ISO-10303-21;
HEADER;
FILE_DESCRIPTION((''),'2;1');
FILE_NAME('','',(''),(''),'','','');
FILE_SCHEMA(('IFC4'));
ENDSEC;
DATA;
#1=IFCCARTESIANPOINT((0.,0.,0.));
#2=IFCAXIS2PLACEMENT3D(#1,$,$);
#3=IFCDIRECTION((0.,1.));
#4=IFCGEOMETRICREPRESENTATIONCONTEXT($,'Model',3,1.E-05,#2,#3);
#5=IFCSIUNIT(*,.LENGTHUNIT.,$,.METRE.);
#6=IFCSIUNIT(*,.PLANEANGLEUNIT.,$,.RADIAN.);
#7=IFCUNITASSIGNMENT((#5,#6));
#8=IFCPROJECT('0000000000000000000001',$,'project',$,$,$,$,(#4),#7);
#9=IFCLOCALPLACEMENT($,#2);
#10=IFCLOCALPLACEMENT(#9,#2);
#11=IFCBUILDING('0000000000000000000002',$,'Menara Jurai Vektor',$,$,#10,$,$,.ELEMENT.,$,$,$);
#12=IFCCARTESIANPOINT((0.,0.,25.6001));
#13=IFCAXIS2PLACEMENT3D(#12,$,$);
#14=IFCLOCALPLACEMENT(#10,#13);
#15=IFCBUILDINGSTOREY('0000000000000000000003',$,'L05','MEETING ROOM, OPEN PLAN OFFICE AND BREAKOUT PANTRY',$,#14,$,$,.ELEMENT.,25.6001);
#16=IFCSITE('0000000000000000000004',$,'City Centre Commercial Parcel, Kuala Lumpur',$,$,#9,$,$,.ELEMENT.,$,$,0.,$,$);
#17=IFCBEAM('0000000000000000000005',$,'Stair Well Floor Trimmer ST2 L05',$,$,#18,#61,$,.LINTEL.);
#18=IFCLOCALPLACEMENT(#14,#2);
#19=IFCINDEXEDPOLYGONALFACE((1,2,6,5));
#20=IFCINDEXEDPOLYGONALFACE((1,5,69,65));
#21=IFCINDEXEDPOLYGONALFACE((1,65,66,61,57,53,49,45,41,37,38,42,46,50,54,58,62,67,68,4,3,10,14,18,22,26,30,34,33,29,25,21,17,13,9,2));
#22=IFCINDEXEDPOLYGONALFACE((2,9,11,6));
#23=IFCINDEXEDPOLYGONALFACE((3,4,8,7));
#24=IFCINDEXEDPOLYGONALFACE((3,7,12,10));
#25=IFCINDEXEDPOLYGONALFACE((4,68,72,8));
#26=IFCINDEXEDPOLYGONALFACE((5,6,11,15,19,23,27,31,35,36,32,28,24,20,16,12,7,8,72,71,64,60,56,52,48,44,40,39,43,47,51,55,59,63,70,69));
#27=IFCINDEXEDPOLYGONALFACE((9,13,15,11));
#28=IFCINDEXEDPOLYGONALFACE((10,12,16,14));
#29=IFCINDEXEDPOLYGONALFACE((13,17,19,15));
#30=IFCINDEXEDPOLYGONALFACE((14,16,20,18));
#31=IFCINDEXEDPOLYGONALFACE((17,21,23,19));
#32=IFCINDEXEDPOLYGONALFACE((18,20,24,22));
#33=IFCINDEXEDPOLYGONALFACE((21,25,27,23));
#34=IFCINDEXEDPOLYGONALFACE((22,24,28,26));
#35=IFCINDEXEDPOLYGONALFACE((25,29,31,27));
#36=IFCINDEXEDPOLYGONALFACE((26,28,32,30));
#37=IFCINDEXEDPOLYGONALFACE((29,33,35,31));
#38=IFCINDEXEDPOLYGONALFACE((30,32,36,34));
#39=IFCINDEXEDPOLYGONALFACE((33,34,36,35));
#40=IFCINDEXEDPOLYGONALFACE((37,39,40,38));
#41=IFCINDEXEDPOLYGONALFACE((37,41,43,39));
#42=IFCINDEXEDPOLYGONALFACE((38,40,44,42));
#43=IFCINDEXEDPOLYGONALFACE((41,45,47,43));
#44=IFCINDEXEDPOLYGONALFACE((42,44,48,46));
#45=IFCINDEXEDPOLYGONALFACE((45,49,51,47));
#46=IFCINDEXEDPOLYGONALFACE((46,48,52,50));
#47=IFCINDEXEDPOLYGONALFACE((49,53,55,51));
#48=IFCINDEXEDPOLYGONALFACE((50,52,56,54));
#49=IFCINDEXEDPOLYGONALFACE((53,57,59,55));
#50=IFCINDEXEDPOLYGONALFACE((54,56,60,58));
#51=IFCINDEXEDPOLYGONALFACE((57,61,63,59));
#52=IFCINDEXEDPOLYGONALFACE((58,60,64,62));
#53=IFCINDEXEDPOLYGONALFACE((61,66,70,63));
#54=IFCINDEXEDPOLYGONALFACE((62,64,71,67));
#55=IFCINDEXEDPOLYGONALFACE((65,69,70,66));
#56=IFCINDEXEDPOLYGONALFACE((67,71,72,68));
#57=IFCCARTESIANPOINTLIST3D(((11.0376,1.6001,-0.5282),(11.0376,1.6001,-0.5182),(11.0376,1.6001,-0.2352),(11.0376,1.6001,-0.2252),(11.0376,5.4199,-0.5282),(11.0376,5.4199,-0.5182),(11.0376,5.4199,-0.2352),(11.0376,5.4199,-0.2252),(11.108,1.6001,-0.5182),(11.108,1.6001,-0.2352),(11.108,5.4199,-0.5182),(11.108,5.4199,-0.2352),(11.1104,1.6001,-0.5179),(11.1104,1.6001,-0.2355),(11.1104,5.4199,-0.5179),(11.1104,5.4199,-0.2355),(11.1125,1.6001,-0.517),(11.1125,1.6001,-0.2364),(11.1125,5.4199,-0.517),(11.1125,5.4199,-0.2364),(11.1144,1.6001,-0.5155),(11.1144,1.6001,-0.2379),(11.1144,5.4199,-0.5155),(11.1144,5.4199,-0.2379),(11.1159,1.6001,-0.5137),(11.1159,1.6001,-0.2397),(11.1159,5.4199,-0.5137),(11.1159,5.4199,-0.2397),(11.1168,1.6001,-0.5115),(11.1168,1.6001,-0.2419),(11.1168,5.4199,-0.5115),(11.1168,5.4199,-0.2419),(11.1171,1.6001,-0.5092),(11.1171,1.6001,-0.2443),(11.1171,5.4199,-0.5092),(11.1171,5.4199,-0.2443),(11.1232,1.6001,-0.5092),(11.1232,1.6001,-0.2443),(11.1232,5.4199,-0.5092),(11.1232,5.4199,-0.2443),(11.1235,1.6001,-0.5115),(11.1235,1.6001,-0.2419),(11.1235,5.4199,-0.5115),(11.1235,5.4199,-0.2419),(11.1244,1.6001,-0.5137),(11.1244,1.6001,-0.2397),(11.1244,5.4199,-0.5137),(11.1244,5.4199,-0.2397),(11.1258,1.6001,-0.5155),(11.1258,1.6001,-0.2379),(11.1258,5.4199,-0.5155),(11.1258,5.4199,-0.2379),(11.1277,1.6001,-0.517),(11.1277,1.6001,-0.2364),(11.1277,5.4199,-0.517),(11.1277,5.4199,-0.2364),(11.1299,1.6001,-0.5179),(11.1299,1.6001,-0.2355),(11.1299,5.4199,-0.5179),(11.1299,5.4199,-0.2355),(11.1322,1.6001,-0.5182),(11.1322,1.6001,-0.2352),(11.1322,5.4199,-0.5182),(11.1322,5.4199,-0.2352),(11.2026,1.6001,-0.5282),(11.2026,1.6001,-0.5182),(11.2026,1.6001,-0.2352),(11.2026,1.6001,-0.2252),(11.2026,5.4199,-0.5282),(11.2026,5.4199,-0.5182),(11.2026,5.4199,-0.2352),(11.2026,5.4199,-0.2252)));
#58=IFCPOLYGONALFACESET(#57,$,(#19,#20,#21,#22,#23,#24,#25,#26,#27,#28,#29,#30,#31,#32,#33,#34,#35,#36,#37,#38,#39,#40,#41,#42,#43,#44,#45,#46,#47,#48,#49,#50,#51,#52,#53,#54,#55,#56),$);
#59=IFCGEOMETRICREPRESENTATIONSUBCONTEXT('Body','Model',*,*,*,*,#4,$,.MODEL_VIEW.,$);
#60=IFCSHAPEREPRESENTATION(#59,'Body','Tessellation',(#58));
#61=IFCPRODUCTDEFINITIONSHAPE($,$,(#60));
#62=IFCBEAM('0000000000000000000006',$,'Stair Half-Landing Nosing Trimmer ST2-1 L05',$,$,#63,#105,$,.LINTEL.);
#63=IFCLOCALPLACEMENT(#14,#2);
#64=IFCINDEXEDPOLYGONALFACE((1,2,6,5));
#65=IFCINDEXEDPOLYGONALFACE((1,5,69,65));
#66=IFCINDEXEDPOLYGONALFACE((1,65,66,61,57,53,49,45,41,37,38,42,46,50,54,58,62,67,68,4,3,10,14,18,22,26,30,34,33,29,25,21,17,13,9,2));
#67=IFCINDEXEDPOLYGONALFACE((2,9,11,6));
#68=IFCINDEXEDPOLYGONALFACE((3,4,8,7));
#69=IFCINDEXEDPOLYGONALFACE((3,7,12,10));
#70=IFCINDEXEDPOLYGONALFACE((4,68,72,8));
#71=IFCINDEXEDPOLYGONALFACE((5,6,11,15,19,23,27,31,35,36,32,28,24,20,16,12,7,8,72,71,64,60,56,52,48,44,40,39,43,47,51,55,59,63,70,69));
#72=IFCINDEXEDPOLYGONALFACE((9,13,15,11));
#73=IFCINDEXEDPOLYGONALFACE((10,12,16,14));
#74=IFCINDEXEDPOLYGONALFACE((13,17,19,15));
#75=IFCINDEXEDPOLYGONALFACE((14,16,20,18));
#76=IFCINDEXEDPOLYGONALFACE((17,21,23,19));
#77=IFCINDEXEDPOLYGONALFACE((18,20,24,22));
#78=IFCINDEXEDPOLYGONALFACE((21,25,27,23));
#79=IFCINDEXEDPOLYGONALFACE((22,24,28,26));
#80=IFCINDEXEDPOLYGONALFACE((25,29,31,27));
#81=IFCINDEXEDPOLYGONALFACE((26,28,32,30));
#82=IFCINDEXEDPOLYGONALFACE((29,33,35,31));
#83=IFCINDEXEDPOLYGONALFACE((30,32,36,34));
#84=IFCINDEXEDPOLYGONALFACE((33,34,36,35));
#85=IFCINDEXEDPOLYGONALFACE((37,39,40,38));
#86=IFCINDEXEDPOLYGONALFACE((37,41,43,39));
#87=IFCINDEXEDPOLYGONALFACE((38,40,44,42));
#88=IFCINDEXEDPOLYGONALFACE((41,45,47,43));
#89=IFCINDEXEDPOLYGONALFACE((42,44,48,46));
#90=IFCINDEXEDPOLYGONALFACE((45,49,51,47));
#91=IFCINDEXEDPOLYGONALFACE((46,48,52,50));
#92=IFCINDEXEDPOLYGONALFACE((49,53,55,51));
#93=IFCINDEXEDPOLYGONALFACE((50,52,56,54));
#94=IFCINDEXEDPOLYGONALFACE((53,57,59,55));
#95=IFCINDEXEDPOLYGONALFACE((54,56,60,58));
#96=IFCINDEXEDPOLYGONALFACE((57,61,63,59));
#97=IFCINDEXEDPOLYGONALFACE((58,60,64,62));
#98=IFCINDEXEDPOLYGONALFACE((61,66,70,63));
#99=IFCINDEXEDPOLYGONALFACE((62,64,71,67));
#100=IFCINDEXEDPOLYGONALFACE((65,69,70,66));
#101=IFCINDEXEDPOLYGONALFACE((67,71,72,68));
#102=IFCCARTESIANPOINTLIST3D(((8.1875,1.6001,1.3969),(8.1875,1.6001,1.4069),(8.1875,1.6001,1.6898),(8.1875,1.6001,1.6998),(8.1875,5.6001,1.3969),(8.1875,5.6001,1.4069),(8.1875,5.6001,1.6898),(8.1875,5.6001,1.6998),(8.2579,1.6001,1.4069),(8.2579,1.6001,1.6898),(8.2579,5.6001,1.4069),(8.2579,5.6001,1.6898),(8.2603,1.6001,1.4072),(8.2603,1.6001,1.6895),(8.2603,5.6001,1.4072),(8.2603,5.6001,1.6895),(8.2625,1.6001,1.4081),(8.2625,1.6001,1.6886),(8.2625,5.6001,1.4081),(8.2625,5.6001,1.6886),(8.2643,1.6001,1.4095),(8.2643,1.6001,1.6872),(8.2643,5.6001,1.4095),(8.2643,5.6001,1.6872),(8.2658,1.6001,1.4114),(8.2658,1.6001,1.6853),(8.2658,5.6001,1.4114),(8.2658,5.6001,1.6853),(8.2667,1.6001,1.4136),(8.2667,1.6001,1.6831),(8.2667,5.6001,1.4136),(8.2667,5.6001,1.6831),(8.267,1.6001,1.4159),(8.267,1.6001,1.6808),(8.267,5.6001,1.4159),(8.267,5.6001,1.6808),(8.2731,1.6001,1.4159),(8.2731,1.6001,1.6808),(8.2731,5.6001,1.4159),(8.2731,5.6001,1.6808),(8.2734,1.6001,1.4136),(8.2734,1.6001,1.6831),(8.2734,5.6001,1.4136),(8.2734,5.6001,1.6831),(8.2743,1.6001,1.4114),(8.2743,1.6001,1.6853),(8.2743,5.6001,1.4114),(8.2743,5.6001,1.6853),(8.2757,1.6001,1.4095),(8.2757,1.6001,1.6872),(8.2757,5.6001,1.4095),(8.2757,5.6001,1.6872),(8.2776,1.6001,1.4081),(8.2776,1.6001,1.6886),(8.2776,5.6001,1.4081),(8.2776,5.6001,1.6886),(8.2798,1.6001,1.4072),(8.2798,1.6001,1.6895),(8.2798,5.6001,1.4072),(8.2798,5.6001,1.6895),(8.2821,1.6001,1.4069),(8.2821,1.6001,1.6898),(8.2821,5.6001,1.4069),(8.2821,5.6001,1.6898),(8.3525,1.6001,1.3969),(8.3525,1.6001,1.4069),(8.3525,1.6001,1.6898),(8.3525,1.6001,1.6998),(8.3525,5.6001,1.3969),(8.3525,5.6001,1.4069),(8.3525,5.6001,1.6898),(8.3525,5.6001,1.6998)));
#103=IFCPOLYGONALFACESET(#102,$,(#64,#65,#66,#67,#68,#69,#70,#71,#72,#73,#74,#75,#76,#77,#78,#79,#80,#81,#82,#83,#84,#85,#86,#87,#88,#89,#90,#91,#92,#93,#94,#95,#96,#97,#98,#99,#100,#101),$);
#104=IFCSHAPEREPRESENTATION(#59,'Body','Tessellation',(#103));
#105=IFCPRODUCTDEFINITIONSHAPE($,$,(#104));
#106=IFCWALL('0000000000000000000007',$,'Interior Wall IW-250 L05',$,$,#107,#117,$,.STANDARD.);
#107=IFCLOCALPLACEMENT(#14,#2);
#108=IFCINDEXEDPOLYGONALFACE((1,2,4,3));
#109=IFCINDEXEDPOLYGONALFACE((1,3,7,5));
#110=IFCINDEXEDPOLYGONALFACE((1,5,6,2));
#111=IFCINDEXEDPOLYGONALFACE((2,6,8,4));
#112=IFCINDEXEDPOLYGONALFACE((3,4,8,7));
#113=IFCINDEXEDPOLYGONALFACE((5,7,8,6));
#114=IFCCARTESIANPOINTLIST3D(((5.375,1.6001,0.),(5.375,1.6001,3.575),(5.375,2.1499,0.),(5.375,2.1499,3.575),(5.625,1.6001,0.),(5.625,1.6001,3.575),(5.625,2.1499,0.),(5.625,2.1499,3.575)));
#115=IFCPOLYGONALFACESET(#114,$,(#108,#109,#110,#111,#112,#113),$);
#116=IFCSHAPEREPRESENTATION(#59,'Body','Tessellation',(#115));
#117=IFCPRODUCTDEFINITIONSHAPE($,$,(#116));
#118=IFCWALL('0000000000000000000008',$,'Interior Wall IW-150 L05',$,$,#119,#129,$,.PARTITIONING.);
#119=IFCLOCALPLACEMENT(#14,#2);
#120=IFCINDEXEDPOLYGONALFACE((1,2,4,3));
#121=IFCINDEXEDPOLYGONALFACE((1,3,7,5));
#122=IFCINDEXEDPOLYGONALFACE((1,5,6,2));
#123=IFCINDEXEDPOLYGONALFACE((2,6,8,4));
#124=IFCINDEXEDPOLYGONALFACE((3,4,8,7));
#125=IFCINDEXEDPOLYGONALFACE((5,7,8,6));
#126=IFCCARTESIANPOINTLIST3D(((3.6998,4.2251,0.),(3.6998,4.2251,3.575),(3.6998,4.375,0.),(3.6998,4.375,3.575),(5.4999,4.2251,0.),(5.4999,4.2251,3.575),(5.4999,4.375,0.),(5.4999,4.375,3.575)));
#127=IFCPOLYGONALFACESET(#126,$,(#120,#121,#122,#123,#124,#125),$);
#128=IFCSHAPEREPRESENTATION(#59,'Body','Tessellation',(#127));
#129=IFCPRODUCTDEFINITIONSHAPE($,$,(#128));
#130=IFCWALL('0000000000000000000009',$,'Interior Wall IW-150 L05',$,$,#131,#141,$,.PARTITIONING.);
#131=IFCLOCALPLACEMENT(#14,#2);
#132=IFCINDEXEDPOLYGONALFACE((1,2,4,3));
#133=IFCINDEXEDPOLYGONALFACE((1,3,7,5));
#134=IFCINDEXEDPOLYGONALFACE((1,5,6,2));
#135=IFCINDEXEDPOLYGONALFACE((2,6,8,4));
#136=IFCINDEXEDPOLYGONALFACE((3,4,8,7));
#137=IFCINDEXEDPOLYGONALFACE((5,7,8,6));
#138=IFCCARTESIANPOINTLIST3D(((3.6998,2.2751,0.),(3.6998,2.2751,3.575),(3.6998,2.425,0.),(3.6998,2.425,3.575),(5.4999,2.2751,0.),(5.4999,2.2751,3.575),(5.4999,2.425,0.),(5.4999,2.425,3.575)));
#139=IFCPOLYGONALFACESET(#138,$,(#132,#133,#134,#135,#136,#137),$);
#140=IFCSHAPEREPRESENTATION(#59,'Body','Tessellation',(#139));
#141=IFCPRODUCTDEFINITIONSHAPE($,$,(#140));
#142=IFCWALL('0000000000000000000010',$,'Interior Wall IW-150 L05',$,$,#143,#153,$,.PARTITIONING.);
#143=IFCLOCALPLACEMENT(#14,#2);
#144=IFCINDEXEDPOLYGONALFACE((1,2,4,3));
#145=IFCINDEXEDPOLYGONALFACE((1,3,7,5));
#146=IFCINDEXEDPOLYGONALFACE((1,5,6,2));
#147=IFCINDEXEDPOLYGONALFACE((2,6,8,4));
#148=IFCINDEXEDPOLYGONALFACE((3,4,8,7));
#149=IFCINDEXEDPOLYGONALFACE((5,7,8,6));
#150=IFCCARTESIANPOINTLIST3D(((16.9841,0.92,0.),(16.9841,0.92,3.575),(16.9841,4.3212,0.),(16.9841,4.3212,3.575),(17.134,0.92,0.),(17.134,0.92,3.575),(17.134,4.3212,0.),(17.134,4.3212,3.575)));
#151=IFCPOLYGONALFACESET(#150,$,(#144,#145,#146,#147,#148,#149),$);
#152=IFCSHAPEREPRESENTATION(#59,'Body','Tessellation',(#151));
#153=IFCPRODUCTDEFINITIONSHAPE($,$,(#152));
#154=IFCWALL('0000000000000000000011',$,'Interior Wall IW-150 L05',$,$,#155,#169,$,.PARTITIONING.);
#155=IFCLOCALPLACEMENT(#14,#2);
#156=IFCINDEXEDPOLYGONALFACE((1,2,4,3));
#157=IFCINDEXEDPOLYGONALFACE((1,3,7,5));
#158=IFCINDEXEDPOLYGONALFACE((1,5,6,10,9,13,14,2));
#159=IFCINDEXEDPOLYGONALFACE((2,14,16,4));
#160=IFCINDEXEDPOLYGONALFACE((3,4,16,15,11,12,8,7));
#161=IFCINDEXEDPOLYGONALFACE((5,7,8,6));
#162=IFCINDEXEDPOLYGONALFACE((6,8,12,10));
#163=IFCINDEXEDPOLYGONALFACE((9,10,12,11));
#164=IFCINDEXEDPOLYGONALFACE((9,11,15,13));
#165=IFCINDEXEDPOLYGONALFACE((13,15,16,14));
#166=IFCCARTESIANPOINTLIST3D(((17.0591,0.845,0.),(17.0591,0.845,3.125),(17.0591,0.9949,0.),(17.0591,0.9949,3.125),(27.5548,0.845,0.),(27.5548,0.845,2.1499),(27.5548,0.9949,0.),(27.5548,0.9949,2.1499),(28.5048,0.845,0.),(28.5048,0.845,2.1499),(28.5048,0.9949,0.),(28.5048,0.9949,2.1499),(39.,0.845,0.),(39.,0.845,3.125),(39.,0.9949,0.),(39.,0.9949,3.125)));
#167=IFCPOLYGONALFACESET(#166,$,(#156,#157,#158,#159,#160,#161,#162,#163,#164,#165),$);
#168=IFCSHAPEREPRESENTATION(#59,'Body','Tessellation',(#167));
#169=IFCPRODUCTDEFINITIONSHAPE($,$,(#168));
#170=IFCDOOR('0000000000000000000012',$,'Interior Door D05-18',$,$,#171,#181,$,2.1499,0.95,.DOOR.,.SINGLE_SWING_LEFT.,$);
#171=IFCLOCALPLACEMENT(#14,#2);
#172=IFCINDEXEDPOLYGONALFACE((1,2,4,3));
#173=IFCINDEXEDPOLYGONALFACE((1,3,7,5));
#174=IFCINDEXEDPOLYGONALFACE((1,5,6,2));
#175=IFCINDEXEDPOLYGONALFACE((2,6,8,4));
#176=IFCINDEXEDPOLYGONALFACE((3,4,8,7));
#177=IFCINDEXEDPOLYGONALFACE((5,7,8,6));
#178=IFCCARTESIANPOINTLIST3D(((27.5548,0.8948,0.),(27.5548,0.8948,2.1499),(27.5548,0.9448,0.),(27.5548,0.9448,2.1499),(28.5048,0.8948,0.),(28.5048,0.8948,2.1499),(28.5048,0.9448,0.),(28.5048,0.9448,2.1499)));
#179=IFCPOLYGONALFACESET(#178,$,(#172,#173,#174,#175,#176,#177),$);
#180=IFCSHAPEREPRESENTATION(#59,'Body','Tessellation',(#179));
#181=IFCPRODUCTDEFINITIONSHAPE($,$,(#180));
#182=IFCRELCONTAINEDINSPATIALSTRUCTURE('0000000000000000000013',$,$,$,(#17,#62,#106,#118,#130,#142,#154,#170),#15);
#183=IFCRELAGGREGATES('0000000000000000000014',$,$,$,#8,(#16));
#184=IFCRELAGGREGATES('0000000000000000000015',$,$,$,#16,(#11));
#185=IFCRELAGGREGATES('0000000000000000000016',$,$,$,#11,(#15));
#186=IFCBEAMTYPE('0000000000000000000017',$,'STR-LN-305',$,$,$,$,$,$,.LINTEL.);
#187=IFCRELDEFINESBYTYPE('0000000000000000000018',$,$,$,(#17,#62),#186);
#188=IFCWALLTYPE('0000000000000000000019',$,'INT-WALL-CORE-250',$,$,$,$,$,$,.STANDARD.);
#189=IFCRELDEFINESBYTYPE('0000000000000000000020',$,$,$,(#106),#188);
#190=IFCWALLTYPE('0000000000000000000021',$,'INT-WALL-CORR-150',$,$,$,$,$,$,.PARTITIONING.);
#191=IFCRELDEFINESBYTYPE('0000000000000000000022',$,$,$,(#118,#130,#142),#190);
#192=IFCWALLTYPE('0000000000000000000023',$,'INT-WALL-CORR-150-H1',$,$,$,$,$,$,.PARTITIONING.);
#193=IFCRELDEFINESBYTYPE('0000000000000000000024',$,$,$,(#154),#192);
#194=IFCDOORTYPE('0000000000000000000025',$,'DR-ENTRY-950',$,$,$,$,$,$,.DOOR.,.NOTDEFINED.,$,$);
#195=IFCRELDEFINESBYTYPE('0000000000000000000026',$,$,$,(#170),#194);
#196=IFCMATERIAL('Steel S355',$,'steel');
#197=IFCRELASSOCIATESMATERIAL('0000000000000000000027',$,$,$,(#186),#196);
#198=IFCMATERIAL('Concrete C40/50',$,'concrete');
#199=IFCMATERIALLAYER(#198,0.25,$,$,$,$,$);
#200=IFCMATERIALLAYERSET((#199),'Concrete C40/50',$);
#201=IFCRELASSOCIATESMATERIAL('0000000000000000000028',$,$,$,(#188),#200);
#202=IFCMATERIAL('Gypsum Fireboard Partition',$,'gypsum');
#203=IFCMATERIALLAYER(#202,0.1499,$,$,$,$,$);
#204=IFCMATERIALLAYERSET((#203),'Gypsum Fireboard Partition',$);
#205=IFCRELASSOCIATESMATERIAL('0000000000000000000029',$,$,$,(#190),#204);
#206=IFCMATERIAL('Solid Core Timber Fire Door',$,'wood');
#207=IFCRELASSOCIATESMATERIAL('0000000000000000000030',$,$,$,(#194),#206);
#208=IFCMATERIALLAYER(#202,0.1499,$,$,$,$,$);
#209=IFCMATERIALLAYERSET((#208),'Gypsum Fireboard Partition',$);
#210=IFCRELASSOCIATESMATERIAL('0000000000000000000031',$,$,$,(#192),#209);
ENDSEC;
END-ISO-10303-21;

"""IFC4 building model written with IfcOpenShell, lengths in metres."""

from ifc_helpers import new_model, si_unit, direction, frame, frame_2d, origin, origin_2d, place, context, subcontext, project, spatial, rectangle, i_section, extrude, material, layer, layer_set, material_profile, profile_set, type_object, element, fill, save


model = new_model("IFC4")

# Units and contexts
model_context = context("Model", 3, precision=1e-05, world=origin(), true_north=direction((0.0, 1.0)))
body_context = subcontext(model_context, "Body", "Model", "MODEL_VIEW")
ifc_project = project(units=[si_unit("LENGTHUNIT", "METRE"), si_unit("PLANEANGLEUNIT", "RADIAN")], contexts=[model_context])

# Site, building, storey
site_placement = place(None, origin())
site = spatial("IfcSite", under=ifc_project, at=site_placement, Name="City Centre Commercial Parcel, Kuala Lumpur", CompositionType="ELEMENT", RefElevation=0.0)
building_placement = place(site_placement, origin())
building = spatial("IfcBuilding", under=site, at=building_placement, Name="Menara Jurai Vektor", CompositionType="ELEMENT")
storey_placement = place(building_placement, frame((0.0, 0.0, 25.6001)))
storey = spatial("IfcBuildingStorey", under=building, at=storey_placement, Name="L05", Description="MEETING ROOM, OPEN PLAN OFFICE AND BREAKOUT PANTRY", CompositionType="ELEMENT", Elevation=25.6001)

# Shared definitions
ifc_material_1 = material(Name="Steel S355", Category="steel")

# Beams
ifc_material_profile_1 = material_profile(ifc_material_1, i_section(OverallWidth=0.165, OverallDepth=0.303, WebThickness=0.0061, FlangeThickness=0.01, FilletRadius=0.009, at=origin_2d()), Name="UKB 305x165x40")
ifc_profile_set_1 = profile_set([ifc_material_profile_1], Name="Steel S355")
beam_type_1 = type_object("IfcBeamType", Name="STR-LN-305", PredefinedType="LINTEL", material=ifc_profile_set_1)
beam_1_placement = place(storey_placement, frame((11.1201, 1.6001, -0.3767), z_axis=(0.0, 1.0, 0.0), x_axis=(-1.0, 0.0, 0.0)))
element("IfcBeam", 1, at=beam_1_placement, inside=storey, type_object=beam_type_1, Name="Stair Well Floor Trimmer ST2 L05", PredefinedType="LINTEL", context=body_context, shape_type="SweptSolid", body=[
    extrude(i_section(OverallWidth=0.165, OverallDepth=0.303, WebThickness=0.0061, FlangeThickness=0.01, FilletRadius=0.009, at=origin_2d()), origin(), (0.0, 0.0, 1.0), 3.8198),
])
beam_2_placement = place(storey_placement, frame((8.27, 1.6001, 1.5483), z_axis=(0.0, 1.0, 0.0), x_axis=(-1.0, 0.0, 0.0)))
element("IfcBeam", 2, at=beam_2_placement, inside=storey, type_object=beam_type_1, Name="Stair Half-Landing Nosing Trimmer ST2-1 L05", PredefinedType="LINTEL", context=body_context, shape_type="SweptSolid", body=[
    extrude(i_section(OverallWidth=0.165, OverallDepth=0.303, WebThickness=0.0061, FlangeThickness=0.01, FilletRadius=0.009, at=origin_2d()), origin(), (0.0, 0.0, 1.0), 4.0),
])

# Shared definitions
ifc_material_2 = material(Name="Concrete C40/50", Category="concrete")
ifc_layer_1 = layer(ifc_material_2, 0.25)
ifc_layer_set_1 = layer_set([ifc_layer_1], Name="Concrete C40/50")
wall_type_1 = type_object("IfcWallType", Name="INT-WALL-CORE-250", PredefinedType="STANDARD", material=ifc_layer_set_1)

# Walls
wall_1_placement = place(storey_placement, frame((5.5, 1.6001, 0.0), z_axis=(0.0, 0.0, 1.0), x_axis=(0.0, 1.0, 0.0)))
element("IfcWall", 3, at=wall_1_placement, inside=storey, type_object=wall_type_1, Name="Interior Wall IW-250 L05", PredefinedType="STANDARD", context=body_context, shape_type="SweptSolid", body=[
    extrude(rectangle(XDim=0.5498, YDim=0.25, at=frame_2d((0.2749, 0.0))), origin(), (0.0, 0.0, 1.0), 3.575),
])
ifc_material_3 = material(Name="Gypsum Fireboard Partition", Category="gypsum")
ifc_layer_2 = layer(ifc_material_3, 0.1499)
ifc_layer_set_2 = layer_set([ifc_layer_2], Name="Gypsum Fireboard Partition")
wall_type_2 = type_object("IfcWallType", Name="INT-WALL-CORR-150", PredefinedType="PARTITIONING", material=ifc_layer_set_2)
for number, where, z_axis, x_axis, name in (
    (4, (3.7, 4.3, 0.0), (0.0, 0.0, 1.0), (1.0, 0.0, 0.0), "Interior Wall IW-150 L05"),
    (5, (3.7, 2.3501, 0.0), (0.0, 0.0, 1.0), (1.0, 0.0, 0.0), "Interior Wall IW-150 L05"),
):
    element("IfcWall", number, at=place(storey_placement, frame(where, z_axis=z_axis, x_axis=x_axis)), inside=storey, type_object=wall_type_2, Name=name, PredefinedType="PARTITIONING", context=body_context, shape_type="SweptSolid", body=[
        extrude(rectangle(XDim=1.8, YDim=0.1499, at=frame_2d((0.8999, 0.0))), origin(), (0.0, 0.0, 1.0), 3.575),
    ])
wall_2_placement = place(storey_placement, frame((17.0591, 0.9199, 0.0), z_axis=(0.0, 0.0, 1.0), x_axis=(0.0, 1.0, 0.0)))
element("IfcWall", 6, at=wall_2_placement, inside=storey, type_object=wall_type_2, Name="Interior Wall IW-150 L05", PredefinedType="PARTITIONING", context=body_context, shape_type="SweptSolid", body=[
    extrude(rectangle(XDim=3.4011, YDim=0.1499, at=frame_2d((1.7007, 0.0))), origin(), (0.0, 0.0, 1.0), 3.575),
])

# Wall, opening, door
ifc_material_4 = material(Name="Solid Core Timber Fire Door", Category="wood")
door_type_1 = type_object("IfcDoorType", Name="DR-ENTRY-950", OperationType="NOTDEFINED", PredefinedType="DOOR", material=ifc_material_4)
ifc_layer_3 = layer(ifc_material_3, 0.1499)
ifc_layer_set_3 = layer_set([ifc_layer_3], Name="Gypsum Fireboard Partition")
wall_type_3 = type_object("IfcWallType", Name="INT-WALL-CORR-150-H1", PredefinedType="PARTITIONING", material=ifc_layer_set_3)
wall_3_placement = place(storey_placement, frame((17.0591, 0.9199, 0.0), z_axis=(0.0, 0.0, 1.0), x_axis=(1.0, 0.0, 0.0)))
wall_3 = element("IfcWall", 7, at=wall_3_placement, inside=storey, type_object=wall_type_3, Name="Interior Wall IW-150 L05", PredefinedType="PARTITIONING", context=body_context, shape_type="SweptSolid", body=[
    extrude(rectangle(XDim=21.9409, YDim=0.1499, at=frame_2d((10.9705, 0.0))), origin(), (0.0, 0.0, 1.0), 3.125),
])
opening_1_placement = place(wall_3_placement, frame((10.4956, 0.0, 0.0)))
opening_1 = element("IfcOpeningElement", 8, at=opening_1_placement, cuts=wall_3, PredefinedType="OPENING", context=body_context, shape_type="SweptSolid", body=[
    extrude(rectangle(XDim=0.95, YDim=2.1499, at=frame_2d((0.4751, 1.075))), frame((0.0, 0.085, 0.0), z_axis=(0.0, -1.0, 0.0), x_axis=(1.0, 0.0, 0.0)), (0.0, 0.0, 1.0), 0.1699),
])
door_1_placement = place(opening_1_placement, origin())
door_1 = element("IfcDoor", 9, at=door_1_placement, inside=storey, type_object=door_type_1, Name="Interior Door D05-18", OperationType="SINGLE_SWING_LEFT", OverallHeight=2.1499, OverallWidth=0.95, PredefinedType="DOOR", context=body_context, shape_type="SweptSolid", body=[
    extrude(rectangle(XDim=0.95, YDim=2.1499, at=frame_2d((0.4751, 1.075))), frame((0.0, 0.0249, 0.0), z_axis=(0.0, -1.0, 0.0), x_axis=(1.0, 0.0, 0.0)), (0.0, 0.0, 1.0), 0.05),
])
fill(opening_1, door_1)

save(model, "model.ifc")
